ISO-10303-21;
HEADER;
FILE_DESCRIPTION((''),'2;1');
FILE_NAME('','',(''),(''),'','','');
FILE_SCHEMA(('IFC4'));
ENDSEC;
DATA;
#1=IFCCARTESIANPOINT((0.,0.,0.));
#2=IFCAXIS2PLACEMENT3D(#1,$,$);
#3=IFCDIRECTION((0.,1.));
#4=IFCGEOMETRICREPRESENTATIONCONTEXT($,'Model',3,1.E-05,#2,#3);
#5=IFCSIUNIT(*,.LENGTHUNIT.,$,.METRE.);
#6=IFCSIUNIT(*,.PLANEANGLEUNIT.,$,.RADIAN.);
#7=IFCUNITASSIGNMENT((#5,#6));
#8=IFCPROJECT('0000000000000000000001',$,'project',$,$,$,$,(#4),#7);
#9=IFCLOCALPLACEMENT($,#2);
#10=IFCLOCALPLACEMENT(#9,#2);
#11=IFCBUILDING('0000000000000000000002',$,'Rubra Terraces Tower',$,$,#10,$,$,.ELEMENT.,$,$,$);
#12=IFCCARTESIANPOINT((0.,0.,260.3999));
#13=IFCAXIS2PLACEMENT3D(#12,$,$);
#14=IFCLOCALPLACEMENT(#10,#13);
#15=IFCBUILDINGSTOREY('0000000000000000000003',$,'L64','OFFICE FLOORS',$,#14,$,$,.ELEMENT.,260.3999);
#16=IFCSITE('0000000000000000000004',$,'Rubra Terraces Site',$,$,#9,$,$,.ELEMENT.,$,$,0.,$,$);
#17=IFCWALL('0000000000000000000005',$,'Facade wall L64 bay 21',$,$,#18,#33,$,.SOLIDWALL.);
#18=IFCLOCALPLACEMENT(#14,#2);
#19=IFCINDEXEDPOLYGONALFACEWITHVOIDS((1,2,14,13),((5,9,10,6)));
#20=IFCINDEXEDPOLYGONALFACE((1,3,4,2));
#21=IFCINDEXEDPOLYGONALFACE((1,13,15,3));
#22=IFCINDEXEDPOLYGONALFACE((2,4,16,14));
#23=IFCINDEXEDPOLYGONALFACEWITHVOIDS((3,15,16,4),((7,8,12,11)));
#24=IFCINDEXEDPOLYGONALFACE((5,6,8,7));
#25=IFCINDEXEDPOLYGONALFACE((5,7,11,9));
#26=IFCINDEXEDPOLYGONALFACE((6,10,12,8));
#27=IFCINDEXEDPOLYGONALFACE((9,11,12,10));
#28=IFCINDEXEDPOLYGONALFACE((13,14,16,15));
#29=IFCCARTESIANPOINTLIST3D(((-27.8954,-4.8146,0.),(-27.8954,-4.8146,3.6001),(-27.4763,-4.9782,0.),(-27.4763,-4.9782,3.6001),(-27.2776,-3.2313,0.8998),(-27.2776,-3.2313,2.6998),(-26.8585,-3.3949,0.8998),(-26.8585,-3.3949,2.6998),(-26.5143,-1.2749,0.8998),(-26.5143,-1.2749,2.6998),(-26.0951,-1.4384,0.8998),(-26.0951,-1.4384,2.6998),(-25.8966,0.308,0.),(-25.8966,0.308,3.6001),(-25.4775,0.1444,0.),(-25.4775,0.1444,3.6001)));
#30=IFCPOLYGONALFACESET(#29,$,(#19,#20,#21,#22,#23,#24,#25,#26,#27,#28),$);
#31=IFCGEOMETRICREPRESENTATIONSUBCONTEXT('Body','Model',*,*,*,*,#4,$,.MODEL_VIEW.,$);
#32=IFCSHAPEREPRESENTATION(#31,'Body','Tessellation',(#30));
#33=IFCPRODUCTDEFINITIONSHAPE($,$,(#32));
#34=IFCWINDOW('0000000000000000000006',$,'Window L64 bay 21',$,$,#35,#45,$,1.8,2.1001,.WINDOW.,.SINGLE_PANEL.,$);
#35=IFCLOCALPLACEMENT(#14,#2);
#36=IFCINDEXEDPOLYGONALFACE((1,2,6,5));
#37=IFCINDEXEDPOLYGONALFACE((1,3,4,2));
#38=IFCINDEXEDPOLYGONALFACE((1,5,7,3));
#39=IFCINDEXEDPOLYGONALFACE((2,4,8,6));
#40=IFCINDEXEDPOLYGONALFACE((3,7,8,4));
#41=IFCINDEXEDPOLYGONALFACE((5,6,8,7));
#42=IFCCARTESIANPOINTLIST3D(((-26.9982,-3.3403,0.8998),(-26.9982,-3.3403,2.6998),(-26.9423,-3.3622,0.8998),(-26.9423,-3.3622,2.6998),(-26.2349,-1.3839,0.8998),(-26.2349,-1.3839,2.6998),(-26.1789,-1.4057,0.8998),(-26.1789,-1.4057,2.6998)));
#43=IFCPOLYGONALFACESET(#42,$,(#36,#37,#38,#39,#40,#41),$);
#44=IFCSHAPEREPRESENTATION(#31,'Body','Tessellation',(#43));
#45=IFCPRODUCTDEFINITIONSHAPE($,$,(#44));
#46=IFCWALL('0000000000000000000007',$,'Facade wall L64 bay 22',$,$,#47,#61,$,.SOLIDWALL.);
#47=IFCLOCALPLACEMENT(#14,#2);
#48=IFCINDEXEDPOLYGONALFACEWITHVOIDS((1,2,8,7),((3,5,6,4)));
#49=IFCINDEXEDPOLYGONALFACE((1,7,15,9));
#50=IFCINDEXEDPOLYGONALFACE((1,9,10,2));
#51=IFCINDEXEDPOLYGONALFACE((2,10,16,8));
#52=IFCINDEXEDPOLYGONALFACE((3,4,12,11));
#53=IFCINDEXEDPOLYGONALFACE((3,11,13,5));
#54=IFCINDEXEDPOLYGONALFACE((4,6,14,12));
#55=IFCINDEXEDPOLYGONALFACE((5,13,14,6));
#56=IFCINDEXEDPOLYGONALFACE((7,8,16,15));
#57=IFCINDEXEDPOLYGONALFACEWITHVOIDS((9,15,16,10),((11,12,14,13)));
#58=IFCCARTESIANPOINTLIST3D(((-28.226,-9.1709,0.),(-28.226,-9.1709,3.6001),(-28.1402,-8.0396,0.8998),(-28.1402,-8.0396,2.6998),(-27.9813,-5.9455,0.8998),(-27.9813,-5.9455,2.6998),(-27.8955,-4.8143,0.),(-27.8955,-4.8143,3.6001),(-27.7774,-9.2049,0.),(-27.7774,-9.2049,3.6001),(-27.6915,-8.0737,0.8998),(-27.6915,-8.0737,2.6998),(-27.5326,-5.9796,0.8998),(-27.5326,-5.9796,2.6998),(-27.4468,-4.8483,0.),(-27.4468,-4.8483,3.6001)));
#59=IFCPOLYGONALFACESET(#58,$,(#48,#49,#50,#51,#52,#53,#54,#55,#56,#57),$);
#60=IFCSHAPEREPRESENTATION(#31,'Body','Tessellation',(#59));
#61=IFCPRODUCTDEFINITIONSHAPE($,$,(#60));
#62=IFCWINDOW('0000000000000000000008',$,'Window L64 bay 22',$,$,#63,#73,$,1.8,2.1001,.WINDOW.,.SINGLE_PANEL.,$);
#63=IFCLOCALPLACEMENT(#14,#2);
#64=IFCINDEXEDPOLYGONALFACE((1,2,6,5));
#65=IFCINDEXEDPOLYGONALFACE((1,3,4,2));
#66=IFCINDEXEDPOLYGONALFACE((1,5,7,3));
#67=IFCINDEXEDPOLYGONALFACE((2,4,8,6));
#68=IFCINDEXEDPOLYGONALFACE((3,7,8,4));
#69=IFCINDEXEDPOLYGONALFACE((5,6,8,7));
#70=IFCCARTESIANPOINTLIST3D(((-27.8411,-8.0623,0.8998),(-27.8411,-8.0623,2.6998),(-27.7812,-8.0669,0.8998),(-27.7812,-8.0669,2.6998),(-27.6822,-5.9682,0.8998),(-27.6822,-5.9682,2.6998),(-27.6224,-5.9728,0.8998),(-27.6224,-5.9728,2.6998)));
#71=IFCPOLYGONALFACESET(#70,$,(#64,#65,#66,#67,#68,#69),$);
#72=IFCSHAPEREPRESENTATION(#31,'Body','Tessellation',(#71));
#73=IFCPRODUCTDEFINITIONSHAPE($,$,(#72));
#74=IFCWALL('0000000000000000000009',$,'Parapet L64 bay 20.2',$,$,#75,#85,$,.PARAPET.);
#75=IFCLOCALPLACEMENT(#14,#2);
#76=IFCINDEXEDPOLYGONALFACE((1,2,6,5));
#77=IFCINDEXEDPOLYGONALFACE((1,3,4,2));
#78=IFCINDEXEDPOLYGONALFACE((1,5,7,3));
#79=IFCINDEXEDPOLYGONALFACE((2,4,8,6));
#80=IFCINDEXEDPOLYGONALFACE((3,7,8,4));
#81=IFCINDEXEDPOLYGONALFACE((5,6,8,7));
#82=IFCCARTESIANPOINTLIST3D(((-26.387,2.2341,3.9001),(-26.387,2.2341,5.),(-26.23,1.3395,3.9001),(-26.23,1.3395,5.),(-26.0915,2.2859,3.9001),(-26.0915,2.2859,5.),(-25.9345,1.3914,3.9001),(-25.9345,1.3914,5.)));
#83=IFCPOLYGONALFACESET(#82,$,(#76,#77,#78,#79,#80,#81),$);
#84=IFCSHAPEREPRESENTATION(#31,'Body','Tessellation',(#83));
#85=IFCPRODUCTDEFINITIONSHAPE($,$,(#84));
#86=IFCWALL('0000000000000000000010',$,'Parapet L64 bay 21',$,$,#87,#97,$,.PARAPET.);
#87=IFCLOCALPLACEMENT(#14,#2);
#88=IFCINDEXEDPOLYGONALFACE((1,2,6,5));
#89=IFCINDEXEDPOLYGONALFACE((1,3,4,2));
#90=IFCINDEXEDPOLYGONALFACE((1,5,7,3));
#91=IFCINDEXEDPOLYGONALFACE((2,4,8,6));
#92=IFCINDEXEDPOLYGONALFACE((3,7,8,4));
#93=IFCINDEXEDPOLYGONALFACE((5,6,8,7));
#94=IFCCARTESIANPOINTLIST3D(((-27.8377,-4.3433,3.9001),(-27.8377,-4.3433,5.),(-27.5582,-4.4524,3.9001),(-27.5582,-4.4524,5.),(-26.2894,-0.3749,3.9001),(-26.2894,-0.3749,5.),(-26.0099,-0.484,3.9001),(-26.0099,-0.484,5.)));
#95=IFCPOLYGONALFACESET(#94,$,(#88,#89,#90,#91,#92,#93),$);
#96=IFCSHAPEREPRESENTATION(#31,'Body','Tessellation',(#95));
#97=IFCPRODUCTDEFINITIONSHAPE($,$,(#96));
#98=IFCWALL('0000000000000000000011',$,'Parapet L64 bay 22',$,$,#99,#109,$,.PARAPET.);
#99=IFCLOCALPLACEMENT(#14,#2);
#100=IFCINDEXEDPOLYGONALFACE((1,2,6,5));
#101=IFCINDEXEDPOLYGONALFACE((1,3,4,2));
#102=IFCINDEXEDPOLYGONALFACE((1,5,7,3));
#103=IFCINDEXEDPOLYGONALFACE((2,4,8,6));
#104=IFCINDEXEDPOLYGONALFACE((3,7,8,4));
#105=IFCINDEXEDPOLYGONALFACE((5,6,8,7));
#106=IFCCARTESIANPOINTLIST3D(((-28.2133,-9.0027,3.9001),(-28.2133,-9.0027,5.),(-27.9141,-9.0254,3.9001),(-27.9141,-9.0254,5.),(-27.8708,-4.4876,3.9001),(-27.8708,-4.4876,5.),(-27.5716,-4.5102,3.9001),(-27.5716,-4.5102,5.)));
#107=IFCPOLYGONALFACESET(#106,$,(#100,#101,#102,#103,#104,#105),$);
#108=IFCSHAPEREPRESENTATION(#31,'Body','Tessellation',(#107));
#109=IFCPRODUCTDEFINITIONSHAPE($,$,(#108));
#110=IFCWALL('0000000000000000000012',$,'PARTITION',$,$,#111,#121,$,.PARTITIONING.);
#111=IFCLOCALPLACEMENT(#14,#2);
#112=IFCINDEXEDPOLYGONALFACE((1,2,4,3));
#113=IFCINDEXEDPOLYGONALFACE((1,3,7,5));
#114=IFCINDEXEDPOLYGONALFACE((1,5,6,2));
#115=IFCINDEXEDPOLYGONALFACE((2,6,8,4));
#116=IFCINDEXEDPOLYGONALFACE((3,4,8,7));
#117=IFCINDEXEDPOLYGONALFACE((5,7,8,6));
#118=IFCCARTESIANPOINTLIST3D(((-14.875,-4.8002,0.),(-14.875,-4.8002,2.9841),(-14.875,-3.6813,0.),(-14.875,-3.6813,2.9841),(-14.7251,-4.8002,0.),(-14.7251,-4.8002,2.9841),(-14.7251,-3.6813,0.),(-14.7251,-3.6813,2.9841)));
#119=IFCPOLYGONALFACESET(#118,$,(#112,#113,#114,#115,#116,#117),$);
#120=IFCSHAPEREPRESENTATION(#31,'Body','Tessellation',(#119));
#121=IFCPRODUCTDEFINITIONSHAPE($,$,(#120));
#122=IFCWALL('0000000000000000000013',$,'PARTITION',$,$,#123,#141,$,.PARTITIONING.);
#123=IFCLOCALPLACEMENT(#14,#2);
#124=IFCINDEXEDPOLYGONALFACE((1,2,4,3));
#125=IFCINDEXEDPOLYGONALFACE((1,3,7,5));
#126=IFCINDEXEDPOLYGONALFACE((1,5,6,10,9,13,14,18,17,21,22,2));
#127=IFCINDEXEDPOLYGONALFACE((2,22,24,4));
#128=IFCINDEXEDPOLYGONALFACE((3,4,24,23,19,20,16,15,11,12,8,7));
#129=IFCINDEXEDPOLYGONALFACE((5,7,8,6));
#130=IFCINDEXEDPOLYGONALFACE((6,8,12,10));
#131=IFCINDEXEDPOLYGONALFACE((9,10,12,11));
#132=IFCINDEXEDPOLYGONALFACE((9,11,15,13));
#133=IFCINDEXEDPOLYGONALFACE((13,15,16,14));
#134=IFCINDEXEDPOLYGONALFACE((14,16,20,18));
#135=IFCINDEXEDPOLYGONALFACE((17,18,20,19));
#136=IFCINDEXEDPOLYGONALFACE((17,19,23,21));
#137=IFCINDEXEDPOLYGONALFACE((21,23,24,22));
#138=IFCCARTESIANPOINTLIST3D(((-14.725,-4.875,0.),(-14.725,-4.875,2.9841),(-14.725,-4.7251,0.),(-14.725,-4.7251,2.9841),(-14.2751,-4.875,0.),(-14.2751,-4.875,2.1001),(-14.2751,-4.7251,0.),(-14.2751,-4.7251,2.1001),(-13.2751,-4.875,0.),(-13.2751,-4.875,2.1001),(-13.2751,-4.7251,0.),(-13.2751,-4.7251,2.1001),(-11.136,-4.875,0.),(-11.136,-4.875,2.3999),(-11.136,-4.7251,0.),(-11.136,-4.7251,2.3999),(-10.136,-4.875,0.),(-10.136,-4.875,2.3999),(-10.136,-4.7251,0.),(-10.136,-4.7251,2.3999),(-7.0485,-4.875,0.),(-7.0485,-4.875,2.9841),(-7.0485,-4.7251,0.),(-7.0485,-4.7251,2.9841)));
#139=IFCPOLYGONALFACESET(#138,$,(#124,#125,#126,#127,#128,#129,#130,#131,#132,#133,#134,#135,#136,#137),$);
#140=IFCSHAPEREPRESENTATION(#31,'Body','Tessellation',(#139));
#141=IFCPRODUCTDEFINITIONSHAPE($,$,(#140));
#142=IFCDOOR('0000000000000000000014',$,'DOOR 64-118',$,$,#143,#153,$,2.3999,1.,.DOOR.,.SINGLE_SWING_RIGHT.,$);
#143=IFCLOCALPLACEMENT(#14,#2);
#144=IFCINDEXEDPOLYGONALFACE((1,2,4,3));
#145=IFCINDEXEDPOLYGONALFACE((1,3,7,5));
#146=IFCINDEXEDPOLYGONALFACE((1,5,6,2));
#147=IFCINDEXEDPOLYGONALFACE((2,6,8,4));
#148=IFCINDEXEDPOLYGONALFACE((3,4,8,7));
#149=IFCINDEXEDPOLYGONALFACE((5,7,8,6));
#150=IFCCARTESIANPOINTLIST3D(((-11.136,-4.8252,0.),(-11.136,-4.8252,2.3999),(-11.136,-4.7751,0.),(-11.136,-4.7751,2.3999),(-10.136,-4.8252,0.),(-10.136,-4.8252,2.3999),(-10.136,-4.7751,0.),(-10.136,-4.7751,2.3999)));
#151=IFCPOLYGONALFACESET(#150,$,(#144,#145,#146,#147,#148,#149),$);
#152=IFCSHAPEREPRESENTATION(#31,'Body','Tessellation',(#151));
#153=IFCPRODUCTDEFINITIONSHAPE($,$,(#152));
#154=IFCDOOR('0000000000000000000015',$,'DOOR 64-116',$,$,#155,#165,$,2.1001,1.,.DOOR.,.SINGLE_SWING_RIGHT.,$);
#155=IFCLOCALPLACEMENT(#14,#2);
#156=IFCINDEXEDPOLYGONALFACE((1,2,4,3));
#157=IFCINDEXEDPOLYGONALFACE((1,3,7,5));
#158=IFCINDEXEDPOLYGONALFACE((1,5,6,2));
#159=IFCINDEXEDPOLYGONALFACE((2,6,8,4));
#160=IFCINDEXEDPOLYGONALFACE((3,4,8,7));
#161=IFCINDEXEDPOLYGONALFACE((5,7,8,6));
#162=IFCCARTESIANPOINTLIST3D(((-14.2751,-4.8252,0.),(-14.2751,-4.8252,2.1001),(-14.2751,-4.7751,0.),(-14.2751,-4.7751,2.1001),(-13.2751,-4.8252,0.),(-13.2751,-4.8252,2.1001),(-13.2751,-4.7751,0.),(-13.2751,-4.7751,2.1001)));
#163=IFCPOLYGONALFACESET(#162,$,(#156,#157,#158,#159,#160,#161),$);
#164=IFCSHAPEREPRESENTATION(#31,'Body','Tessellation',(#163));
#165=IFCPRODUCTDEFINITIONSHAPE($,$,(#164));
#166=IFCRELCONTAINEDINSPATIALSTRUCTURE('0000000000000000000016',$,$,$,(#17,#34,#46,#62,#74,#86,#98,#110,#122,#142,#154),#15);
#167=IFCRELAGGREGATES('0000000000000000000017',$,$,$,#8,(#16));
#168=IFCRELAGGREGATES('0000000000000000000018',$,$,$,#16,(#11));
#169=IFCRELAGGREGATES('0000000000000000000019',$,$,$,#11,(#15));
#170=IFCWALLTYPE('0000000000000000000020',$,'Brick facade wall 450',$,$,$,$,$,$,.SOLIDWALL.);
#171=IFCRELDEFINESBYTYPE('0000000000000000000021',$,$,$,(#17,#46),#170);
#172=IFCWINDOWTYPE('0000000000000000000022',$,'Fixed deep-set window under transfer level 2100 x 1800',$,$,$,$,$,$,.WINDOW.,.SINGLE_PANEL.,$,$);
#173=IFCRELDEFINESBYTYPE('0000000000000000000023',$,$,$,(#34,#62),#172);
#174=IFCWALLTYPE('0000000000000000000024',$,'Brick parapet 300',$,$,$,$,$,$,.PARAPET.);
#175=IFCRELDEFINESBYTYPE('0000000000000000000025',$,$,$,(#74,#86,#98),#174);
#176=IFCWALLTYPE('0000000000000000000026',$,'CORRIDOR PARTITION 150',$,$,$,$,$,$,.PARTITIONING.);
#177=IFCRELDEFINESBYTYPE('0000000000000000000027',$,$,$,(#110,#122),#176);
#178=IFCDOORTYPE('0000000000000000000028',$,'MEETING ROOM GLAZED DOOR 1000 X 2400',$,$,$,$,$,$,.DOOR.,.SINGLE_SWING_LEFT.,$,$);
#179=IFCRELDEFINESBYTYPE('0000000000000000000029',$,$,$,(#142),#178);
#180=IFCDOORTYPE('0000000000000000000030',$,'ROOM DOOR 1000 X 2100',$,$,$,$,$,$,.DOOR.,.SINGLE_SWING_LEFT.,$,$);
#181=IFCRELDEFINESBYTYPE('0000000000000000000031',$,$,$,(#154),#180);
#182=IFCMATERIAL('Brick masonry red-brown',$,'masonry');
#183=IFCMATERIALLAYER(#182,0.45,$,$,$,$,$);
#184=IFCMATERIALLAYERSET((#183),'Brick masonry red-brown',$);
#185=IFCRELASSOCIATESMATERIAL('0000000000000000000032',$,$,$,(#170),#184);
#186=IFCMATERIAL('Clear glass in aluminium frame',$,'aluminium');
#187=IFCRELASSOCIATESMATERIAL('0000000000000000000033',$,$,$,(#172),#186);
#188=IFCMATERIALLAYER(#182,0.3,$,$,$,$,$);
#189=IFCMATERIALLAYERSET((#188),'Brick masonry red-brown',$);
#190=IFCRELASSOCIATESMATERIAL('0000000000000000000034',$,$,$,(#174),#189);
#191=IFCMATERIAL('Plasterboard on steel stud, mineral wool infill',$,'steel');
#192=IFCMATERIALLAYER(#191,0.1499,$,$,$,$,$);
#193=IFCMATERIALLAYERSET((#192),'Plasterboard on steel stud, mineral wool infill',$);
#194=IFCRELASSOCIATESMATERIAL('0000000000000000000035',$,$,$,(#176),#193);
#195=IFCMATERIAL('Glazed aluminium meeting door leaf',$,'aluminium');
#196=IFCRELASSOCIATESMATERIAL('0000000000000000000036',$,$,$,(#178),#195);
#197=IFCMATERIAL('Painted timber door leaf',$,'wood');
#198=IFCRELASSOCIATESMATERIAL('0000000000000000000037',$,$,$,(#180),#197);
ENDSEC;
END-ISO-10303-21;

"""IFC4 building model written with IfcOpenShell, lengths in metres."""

from ifc_helpers import new_model, si_unit, direction, frame, frame_2d, origin, place, context, subcontext, project, spatial, rectangle, extrude, material, layer, layer_set, type_object, element, fill, save


model = new_model("IFC4")

# Units and contexts
model_context = context("Model", 3, precision=1e-05, world=origin(), true_north=direction((0.0, 1.0)))
body_context = subcontext(model_context, "Body", "Model", "MODEL_VIEW")
ifc_project = project(units=[si_unit("LENGTHUNIT", "METRE"), si_unit("PLANEANGLEUNIT", "RADIAN")], contexts=[model_context])

# Site, building, storey
site_placement = place(None, origin())
site = spatial("IfcSite", under=ifc_project, at=site_placement, Name="Rubra Terraces Site", CompositionType="ELEMENT", RefElevation=0.0)
building_placement = place(site_placement, origin())
building = spatial("IfcBuilding", under=site, at=building_placement, Name="Rubra Terraces Tower", CompositionType="ELEMENT")
storey_placement = place(building_placement, frame((0.0, 0.0, 260.3999)))
storey = spatial("IfcBuildingStorey", under=building, at=storey_placement, Name="L64", Description="OFFICE FLOORS", CompositionType="ELEMENT", Elevation=260.3999)

# Walls, openings, windows
ifc_material_1 = material(Name="Brick masonry red-brown", Category="masonry")
ifc_layer_1 = layer(ifc_material_1, 0.45)
ifc_layer_set_1 = layer_set([ifc_layer_1], Name="Brick masonry red-brown")
wall_type_1 = type_object("IfcWallType", Name="Brick facade wall 450", PredefinedType="SOLIDWALL", material=ifc_layer_set_1)
wall_1_placement = place(storey_placement, frame((-25.687, 0.2263, 0.0), z_axis=(0.0, 0.0, 1.0), x_axis=(-0.3635, -0.931594, 0.0)))
wall_1 = element("IfcWall", 1, at=wall_1_placement, inside=storey, type_object=wall_type_1, Name="Facade wall L64 bay 21", PredefinedType="SOLIDWALL", context=body_context, shape_type="SweptSolid", body=[
    extrude(rectangle(XDim=5.4988, YDim=0.45, at=frame_2d((2.7495, 0.0))), origin(), (0.0, 0.0, 1.0), 3.6001),
])
opening_1_placement = place(wall_1_placement, frame((1.6992, 0.0, 0.8999)))
opening_1 = element("IfcOpeningElement", 2, at=opening_1_placement, cuts=wall_1, PredefinedType="OPENING", context=body_context, shape_type="SweptSolid", body=[
    extrude(rectangle(XDim=2.1001, YDim=1.8, at=frame_2d((1.05, 0.8999))), frame((0.0, 0.2349, 0.0), z_axis=(0.0, -1.0, 0.0), x_axis=(1.0, 0.0, 0.0)), (0.0, 0.0, 1.0), 0.47),
])
ifc_material_2 = material(Name="Clear glass in aluminium frame", Category="aluminium")
window_type = type_object("IfcWindowType", Name="Fixed deep-set window under transfer level 2100 x 1800", PartitioningType="SINGLE_PANEL", PredefinedType="WINDOW", material=ifc_material_2)
window_1_placement = place(opening_1_placement, origin())
window_1 = element("IfcWindow", 3, at=window_1_placement, inside=storey, type_object=window_type, Name="Window L64 bay 21", OverallHeight=1.8, OverallWidth=2.1001, PartitioningType="SINGLE_PANEL", PredefinedType="WINDOW", context=body_context, shape_type="SweptSolid", body=[
    extrude(rectangle(XDim=2.1001, YDim=1.8, at=frame_2d((1.05, 0.8999))), frame((0.0, 0.135, 0.0), z_axis=(0.0, -1.0, 0.0), x_axis=(1.0, 0.0, 0.0)), (0.0, 0.0, 1.0), 0.0601),
])
fill(opening_1, window_1)
wall_2_placement = place(storey_placement, frame((-27.6711, -4.8313, 0.0), z_axis=(0.0, 0.0, 1.0), x_axis=(-0.075658, -0.997134, 0.0)))
wall_2 = element("IfcWall", 4, at=wall_2_placement, inside=storey, type_object=wall_type_1, Name="Facade wall L64 bay 22", PredefinedType="SOLIDWALL", context=body_context, shape_type="SweptSolid", body=[
    extrude(rectangle(XDim=4.3691, YDim=0.45, at=frame_2d((2.1846, 0.0))), origin(), (0.0, 0.0, 1.0), 3.6001),
])
opening_2_placement = place(wall_2_placement, frame((1.1345, 0.0, 0.8999)))
opening_2 = element("IfcOpeningElement", 5, at=opening_2_placement, cuts=wall_2, PredefinedType="OPENING", context=body_context, shape_type="SweptSolid", body=[
    extrude(rectangle(XDim=2.1001, YDim=1.8, at=frame_2d((1.05, 0.8999))), frame((0.0, 0.2349, 0.0), z_axis=(0.0, -1.0, 0.0), x_axis=(1.0, 0.0, 0.0)), (0.0, 0.0, 1.0), 0.47),
])
window_2_placement = place(opening_2_placement, origin())
window_2 = element("IfcWindow", 6, at=window_2_placement, inside=storey, type_object=window_type, Name="Window L64 bay 22", OverallHeight=1.8, OverallWidth=2.1001, PartitioningType="SINGLE_PANEL", PredefinedType="WINDOW", context=body_context, shape_type="SweptSolid", body=[
    extrude(rectangle(XDim=2.1001, YDim=1.8, at=frame_2d((1.05, 0.8999))), frame((0.0, 0.135, 0.0), z_axis=(0.0, -1.0, 0.0), x_axis=(1.0, 0.0, 0.0)), (0.0, 0.0, 1.0), 0.0601),
])
fill(opening_2, window_2)

# Walls
ifc_layer_2 = layer(ifc_material_1, 0.3)
ifc_layer_set_2 = layer_set([ifc_layer_2], Name="Brick masonry red-brown")
wall_type_2 = type_object("IfcWallType", Name="Brick parapet 300", PredefinedType="PARAPET", material=ifc_layer_set_2)
wall_3_placement = place(storey_placement, frame((-26.2393, 2.26, 3.9001), z_axis=(0.0, 0.0, 1.0), x_axis=(0.17285, -0.984948, 0.0)))
element("IfcWall", 7, at=wall_3_placement, inside=storey, type_object=wall_type_2, Name="Parapet L64 bay 20.2", PredefinedType="PARAPET", context=body_context, shape_type="SweptSolid", body=[
    extrude(rectangle(XDim=0.9082, YDim=0.3, at=frame_2d((0.4541, 0.0))), origin(), (0.0, 0.0, 1.0), 1.0999),
])
wall_4_placement = place(storey_placement, frame((-26.1497, -0.4294, 3.9001), z_axis=(0.0, 0.0, 1.0), x_axis=(-0.363472, -0.931605, 0.0)))
element("IfcWall", 8, at=wall_4_placement, inside=storey, type_object=wall_type_2, Name="Parapet L64 bay 21", PredefinedType="PARAPET", context=body_context, shape_type="SweptSolid", body=[
    extrude(rectangle(XDim=4.2598, YDim=0.3, at=frame_2d((2.1299, 0.0))), origin(), (0.0, 0.0, 1.0), 1.0999),
])
wall_5_placement = place(storey_placement, frame((-27.7212, -4.4988, 3.9001), z_axis=(0.0, 0.0, 1.0), x_axis=(-0.075645, -0.997135, 0.0)))
element("IfcWall", 9, at=wall_5_placement, inside=storey, type_object=wall_type_2, Name="Parapet L64 bay 22", PredefinedType="PARAPET", context=body_context, shape_type="SweptSolid", body=[
    extrude(rectangle(XDim=4.5281, YDim=0.3, at=frame_2d((2.2642, 0.0))), origin(), (0.0, 0.0, 1.0), 1.0999),
])
ifc_material_3 = material(Name="Plasterboard on steel stud, mineral wool infill", Category="steel")
ifc_layer_3 = layer(ifc_material_3, 0.1499)
ifc_layer_set_3 = layer_set([ifc_layer_3], Name="Plasterboard on steel stud, mineral wool infill")
wall_type_3 = type_object("IfcWallType", Name="CORRIDOR PARTITION 150", PredefinedType="PARTITIONING", material=ifc_layer_set_3)
wall_6_placement = place(storey_placement, frame((-14.8, -3.6812, 0.0), z_axis=(0.0, 0.0, 1.0), x_axis=(0.0, -1.0, 0.0)))
element("IfcWall", 10, at=wall_6_placement, inside=storey, type_object=wall_type_3, Name="PARTITION", PredefinedType="PARTITIONING", context=body_context, shape_type="SweptSolid", body=[
    extrude(rectangle(XDim=1.1189, YDim=0.1499, at=frame_2d((0.5596, 0.0))), origin(), (0.0, 0.0, 1.0), 2.9841),
])

# Wall, openings, doors
wall_7_placement = place(storey_placement, frame((-14.7251, -4.8, 0.0), z_axis=(0.0, 0.0, 1.0), x_axis=(1.0, 0.0, 0.0)))
wall_7 = element("IfcWall", 11, at=wall_7_placement, inside=storey, type_object=wall_type_3, Name="PARTITION", PredefinedType="PARTITIONING", context=body_context, shape_type="SweptSolid", body=[
    extrude(rectangle(XDim=7.6765, YDim=0.1499, at=frame_2d((3.8384, 0.0))), origin(), (0.0, 0.0, 1.0), 2.9841),
])
opening_3_placement = place(wall_7_placement, frame((0.45, 0.0, 0.0)))
opening_3 = element("IfcOpeningElement", 12, at=opening_3_placement, cuts=wall_7, PredefinedType="OPENING", context=body_context, shape_type="SweptSolid", body=[
    extrude(rectangle(XDim=1.0, YDim=2.1001, at=frame_2d((0.5, 1.05))), frame((0.0, 0.085, 0.0), z_axis=(0.0, -1.0, 0.0), x_axis=(1.0, 0.0, 0.0)), (0.0, 0.0, 1.0), 0.1699),
])
opening_4_placement = place(wall_7_placement, frame((3.5891, 0.0, 0.0)))
opening_4 = element("IfcOpeningElement", 13, at=opening_4_placement, cuts=wall_7, PredefinedType="OPENING", context=body_context, shape_type="SweptSolid", body=[
    extrude(rectangle(XDim=1.0, YDim=2.3999, at=frame_2d((0.5, 1.2))), frame((0.0, 0.085, 0.0), z_axis=(0.0, -1.0, 0.0), x_axis=(1.0, 0.0, 0.0)), (0.0, 0.0, 1.0), 0.1699),
])
ifc_material_4 = material(Name="Glazed aluminium meeting door leaf", Category="aluminium")
door_type_1 = type_object("IfcDoorType", Name="MEETING ROOM GLAZED DOOR 1000 X 2400", OperationType="SINGLE_SWING_LEFT", PredefinedType="DOOR", material=ifc_material_4)
door_1_placement = place(opening_4_placement, origin())
door_1 = element("IfcDoor", 14, at=door_1_placement, inside=storey, type_object=door_type_1, Name="DOOR 64-118", OperationType="SINGLE_SWING_RIGHT", OverallHeight=2.3999, OverallWidth=1.0, PredefinedType="DOOR", context=body_context, shape_type="SweptSolid", body=[
    extrude(rectangle(XDim=1.0, YDim=2.3999, at=frame_2d((0.5, 1.2))), frame((0.0, 0.0249, 0.0), z_axis=(0.0, -1.0, 0.0), x_axis=(1.0, 0.0, 0.0)), (0.0, 0.0, 1.0), 0.05),
])
fill(opening_4, door_1)
ifc_material_5 = material(Name="Painted timber door leaf", Category="wood")
door_type_2 = type_object("IfcDoorType", Name="ROOM DOOR 1000 X 2100", OperationType="SINGLE_SWING_LEFT", PredefinedType="DOOR", material=ifc_material_5)
door_2_placement = place(opening_3_placement, origin())
door_2 = element("IfcDoor", 15, at=door_2_placement, inside=storey, type_object=door_type_2, Name="DOOR 64-116", OperationType="SINGLE_SWING_RIGHT", OverallHeight=2.1001, OverallWidth=1.0, PredefinedType="DOOR", context=body_context, shape_type="SweptSolid", body=[
    extrude(rectangle(XDim=1.0, YDim=2.1001, at=frame_2d((0.5, 1.05))), frame((0.0, 0.0249, 0.0), z_axis=(0.0, -1.0, 0.0), x_axis=(1.0, 0.0, 0.0)), (0.0, 0.0, 1.0), 0.05),
])
fill(opening_3, door_2)

save(model, "model.ifc")
